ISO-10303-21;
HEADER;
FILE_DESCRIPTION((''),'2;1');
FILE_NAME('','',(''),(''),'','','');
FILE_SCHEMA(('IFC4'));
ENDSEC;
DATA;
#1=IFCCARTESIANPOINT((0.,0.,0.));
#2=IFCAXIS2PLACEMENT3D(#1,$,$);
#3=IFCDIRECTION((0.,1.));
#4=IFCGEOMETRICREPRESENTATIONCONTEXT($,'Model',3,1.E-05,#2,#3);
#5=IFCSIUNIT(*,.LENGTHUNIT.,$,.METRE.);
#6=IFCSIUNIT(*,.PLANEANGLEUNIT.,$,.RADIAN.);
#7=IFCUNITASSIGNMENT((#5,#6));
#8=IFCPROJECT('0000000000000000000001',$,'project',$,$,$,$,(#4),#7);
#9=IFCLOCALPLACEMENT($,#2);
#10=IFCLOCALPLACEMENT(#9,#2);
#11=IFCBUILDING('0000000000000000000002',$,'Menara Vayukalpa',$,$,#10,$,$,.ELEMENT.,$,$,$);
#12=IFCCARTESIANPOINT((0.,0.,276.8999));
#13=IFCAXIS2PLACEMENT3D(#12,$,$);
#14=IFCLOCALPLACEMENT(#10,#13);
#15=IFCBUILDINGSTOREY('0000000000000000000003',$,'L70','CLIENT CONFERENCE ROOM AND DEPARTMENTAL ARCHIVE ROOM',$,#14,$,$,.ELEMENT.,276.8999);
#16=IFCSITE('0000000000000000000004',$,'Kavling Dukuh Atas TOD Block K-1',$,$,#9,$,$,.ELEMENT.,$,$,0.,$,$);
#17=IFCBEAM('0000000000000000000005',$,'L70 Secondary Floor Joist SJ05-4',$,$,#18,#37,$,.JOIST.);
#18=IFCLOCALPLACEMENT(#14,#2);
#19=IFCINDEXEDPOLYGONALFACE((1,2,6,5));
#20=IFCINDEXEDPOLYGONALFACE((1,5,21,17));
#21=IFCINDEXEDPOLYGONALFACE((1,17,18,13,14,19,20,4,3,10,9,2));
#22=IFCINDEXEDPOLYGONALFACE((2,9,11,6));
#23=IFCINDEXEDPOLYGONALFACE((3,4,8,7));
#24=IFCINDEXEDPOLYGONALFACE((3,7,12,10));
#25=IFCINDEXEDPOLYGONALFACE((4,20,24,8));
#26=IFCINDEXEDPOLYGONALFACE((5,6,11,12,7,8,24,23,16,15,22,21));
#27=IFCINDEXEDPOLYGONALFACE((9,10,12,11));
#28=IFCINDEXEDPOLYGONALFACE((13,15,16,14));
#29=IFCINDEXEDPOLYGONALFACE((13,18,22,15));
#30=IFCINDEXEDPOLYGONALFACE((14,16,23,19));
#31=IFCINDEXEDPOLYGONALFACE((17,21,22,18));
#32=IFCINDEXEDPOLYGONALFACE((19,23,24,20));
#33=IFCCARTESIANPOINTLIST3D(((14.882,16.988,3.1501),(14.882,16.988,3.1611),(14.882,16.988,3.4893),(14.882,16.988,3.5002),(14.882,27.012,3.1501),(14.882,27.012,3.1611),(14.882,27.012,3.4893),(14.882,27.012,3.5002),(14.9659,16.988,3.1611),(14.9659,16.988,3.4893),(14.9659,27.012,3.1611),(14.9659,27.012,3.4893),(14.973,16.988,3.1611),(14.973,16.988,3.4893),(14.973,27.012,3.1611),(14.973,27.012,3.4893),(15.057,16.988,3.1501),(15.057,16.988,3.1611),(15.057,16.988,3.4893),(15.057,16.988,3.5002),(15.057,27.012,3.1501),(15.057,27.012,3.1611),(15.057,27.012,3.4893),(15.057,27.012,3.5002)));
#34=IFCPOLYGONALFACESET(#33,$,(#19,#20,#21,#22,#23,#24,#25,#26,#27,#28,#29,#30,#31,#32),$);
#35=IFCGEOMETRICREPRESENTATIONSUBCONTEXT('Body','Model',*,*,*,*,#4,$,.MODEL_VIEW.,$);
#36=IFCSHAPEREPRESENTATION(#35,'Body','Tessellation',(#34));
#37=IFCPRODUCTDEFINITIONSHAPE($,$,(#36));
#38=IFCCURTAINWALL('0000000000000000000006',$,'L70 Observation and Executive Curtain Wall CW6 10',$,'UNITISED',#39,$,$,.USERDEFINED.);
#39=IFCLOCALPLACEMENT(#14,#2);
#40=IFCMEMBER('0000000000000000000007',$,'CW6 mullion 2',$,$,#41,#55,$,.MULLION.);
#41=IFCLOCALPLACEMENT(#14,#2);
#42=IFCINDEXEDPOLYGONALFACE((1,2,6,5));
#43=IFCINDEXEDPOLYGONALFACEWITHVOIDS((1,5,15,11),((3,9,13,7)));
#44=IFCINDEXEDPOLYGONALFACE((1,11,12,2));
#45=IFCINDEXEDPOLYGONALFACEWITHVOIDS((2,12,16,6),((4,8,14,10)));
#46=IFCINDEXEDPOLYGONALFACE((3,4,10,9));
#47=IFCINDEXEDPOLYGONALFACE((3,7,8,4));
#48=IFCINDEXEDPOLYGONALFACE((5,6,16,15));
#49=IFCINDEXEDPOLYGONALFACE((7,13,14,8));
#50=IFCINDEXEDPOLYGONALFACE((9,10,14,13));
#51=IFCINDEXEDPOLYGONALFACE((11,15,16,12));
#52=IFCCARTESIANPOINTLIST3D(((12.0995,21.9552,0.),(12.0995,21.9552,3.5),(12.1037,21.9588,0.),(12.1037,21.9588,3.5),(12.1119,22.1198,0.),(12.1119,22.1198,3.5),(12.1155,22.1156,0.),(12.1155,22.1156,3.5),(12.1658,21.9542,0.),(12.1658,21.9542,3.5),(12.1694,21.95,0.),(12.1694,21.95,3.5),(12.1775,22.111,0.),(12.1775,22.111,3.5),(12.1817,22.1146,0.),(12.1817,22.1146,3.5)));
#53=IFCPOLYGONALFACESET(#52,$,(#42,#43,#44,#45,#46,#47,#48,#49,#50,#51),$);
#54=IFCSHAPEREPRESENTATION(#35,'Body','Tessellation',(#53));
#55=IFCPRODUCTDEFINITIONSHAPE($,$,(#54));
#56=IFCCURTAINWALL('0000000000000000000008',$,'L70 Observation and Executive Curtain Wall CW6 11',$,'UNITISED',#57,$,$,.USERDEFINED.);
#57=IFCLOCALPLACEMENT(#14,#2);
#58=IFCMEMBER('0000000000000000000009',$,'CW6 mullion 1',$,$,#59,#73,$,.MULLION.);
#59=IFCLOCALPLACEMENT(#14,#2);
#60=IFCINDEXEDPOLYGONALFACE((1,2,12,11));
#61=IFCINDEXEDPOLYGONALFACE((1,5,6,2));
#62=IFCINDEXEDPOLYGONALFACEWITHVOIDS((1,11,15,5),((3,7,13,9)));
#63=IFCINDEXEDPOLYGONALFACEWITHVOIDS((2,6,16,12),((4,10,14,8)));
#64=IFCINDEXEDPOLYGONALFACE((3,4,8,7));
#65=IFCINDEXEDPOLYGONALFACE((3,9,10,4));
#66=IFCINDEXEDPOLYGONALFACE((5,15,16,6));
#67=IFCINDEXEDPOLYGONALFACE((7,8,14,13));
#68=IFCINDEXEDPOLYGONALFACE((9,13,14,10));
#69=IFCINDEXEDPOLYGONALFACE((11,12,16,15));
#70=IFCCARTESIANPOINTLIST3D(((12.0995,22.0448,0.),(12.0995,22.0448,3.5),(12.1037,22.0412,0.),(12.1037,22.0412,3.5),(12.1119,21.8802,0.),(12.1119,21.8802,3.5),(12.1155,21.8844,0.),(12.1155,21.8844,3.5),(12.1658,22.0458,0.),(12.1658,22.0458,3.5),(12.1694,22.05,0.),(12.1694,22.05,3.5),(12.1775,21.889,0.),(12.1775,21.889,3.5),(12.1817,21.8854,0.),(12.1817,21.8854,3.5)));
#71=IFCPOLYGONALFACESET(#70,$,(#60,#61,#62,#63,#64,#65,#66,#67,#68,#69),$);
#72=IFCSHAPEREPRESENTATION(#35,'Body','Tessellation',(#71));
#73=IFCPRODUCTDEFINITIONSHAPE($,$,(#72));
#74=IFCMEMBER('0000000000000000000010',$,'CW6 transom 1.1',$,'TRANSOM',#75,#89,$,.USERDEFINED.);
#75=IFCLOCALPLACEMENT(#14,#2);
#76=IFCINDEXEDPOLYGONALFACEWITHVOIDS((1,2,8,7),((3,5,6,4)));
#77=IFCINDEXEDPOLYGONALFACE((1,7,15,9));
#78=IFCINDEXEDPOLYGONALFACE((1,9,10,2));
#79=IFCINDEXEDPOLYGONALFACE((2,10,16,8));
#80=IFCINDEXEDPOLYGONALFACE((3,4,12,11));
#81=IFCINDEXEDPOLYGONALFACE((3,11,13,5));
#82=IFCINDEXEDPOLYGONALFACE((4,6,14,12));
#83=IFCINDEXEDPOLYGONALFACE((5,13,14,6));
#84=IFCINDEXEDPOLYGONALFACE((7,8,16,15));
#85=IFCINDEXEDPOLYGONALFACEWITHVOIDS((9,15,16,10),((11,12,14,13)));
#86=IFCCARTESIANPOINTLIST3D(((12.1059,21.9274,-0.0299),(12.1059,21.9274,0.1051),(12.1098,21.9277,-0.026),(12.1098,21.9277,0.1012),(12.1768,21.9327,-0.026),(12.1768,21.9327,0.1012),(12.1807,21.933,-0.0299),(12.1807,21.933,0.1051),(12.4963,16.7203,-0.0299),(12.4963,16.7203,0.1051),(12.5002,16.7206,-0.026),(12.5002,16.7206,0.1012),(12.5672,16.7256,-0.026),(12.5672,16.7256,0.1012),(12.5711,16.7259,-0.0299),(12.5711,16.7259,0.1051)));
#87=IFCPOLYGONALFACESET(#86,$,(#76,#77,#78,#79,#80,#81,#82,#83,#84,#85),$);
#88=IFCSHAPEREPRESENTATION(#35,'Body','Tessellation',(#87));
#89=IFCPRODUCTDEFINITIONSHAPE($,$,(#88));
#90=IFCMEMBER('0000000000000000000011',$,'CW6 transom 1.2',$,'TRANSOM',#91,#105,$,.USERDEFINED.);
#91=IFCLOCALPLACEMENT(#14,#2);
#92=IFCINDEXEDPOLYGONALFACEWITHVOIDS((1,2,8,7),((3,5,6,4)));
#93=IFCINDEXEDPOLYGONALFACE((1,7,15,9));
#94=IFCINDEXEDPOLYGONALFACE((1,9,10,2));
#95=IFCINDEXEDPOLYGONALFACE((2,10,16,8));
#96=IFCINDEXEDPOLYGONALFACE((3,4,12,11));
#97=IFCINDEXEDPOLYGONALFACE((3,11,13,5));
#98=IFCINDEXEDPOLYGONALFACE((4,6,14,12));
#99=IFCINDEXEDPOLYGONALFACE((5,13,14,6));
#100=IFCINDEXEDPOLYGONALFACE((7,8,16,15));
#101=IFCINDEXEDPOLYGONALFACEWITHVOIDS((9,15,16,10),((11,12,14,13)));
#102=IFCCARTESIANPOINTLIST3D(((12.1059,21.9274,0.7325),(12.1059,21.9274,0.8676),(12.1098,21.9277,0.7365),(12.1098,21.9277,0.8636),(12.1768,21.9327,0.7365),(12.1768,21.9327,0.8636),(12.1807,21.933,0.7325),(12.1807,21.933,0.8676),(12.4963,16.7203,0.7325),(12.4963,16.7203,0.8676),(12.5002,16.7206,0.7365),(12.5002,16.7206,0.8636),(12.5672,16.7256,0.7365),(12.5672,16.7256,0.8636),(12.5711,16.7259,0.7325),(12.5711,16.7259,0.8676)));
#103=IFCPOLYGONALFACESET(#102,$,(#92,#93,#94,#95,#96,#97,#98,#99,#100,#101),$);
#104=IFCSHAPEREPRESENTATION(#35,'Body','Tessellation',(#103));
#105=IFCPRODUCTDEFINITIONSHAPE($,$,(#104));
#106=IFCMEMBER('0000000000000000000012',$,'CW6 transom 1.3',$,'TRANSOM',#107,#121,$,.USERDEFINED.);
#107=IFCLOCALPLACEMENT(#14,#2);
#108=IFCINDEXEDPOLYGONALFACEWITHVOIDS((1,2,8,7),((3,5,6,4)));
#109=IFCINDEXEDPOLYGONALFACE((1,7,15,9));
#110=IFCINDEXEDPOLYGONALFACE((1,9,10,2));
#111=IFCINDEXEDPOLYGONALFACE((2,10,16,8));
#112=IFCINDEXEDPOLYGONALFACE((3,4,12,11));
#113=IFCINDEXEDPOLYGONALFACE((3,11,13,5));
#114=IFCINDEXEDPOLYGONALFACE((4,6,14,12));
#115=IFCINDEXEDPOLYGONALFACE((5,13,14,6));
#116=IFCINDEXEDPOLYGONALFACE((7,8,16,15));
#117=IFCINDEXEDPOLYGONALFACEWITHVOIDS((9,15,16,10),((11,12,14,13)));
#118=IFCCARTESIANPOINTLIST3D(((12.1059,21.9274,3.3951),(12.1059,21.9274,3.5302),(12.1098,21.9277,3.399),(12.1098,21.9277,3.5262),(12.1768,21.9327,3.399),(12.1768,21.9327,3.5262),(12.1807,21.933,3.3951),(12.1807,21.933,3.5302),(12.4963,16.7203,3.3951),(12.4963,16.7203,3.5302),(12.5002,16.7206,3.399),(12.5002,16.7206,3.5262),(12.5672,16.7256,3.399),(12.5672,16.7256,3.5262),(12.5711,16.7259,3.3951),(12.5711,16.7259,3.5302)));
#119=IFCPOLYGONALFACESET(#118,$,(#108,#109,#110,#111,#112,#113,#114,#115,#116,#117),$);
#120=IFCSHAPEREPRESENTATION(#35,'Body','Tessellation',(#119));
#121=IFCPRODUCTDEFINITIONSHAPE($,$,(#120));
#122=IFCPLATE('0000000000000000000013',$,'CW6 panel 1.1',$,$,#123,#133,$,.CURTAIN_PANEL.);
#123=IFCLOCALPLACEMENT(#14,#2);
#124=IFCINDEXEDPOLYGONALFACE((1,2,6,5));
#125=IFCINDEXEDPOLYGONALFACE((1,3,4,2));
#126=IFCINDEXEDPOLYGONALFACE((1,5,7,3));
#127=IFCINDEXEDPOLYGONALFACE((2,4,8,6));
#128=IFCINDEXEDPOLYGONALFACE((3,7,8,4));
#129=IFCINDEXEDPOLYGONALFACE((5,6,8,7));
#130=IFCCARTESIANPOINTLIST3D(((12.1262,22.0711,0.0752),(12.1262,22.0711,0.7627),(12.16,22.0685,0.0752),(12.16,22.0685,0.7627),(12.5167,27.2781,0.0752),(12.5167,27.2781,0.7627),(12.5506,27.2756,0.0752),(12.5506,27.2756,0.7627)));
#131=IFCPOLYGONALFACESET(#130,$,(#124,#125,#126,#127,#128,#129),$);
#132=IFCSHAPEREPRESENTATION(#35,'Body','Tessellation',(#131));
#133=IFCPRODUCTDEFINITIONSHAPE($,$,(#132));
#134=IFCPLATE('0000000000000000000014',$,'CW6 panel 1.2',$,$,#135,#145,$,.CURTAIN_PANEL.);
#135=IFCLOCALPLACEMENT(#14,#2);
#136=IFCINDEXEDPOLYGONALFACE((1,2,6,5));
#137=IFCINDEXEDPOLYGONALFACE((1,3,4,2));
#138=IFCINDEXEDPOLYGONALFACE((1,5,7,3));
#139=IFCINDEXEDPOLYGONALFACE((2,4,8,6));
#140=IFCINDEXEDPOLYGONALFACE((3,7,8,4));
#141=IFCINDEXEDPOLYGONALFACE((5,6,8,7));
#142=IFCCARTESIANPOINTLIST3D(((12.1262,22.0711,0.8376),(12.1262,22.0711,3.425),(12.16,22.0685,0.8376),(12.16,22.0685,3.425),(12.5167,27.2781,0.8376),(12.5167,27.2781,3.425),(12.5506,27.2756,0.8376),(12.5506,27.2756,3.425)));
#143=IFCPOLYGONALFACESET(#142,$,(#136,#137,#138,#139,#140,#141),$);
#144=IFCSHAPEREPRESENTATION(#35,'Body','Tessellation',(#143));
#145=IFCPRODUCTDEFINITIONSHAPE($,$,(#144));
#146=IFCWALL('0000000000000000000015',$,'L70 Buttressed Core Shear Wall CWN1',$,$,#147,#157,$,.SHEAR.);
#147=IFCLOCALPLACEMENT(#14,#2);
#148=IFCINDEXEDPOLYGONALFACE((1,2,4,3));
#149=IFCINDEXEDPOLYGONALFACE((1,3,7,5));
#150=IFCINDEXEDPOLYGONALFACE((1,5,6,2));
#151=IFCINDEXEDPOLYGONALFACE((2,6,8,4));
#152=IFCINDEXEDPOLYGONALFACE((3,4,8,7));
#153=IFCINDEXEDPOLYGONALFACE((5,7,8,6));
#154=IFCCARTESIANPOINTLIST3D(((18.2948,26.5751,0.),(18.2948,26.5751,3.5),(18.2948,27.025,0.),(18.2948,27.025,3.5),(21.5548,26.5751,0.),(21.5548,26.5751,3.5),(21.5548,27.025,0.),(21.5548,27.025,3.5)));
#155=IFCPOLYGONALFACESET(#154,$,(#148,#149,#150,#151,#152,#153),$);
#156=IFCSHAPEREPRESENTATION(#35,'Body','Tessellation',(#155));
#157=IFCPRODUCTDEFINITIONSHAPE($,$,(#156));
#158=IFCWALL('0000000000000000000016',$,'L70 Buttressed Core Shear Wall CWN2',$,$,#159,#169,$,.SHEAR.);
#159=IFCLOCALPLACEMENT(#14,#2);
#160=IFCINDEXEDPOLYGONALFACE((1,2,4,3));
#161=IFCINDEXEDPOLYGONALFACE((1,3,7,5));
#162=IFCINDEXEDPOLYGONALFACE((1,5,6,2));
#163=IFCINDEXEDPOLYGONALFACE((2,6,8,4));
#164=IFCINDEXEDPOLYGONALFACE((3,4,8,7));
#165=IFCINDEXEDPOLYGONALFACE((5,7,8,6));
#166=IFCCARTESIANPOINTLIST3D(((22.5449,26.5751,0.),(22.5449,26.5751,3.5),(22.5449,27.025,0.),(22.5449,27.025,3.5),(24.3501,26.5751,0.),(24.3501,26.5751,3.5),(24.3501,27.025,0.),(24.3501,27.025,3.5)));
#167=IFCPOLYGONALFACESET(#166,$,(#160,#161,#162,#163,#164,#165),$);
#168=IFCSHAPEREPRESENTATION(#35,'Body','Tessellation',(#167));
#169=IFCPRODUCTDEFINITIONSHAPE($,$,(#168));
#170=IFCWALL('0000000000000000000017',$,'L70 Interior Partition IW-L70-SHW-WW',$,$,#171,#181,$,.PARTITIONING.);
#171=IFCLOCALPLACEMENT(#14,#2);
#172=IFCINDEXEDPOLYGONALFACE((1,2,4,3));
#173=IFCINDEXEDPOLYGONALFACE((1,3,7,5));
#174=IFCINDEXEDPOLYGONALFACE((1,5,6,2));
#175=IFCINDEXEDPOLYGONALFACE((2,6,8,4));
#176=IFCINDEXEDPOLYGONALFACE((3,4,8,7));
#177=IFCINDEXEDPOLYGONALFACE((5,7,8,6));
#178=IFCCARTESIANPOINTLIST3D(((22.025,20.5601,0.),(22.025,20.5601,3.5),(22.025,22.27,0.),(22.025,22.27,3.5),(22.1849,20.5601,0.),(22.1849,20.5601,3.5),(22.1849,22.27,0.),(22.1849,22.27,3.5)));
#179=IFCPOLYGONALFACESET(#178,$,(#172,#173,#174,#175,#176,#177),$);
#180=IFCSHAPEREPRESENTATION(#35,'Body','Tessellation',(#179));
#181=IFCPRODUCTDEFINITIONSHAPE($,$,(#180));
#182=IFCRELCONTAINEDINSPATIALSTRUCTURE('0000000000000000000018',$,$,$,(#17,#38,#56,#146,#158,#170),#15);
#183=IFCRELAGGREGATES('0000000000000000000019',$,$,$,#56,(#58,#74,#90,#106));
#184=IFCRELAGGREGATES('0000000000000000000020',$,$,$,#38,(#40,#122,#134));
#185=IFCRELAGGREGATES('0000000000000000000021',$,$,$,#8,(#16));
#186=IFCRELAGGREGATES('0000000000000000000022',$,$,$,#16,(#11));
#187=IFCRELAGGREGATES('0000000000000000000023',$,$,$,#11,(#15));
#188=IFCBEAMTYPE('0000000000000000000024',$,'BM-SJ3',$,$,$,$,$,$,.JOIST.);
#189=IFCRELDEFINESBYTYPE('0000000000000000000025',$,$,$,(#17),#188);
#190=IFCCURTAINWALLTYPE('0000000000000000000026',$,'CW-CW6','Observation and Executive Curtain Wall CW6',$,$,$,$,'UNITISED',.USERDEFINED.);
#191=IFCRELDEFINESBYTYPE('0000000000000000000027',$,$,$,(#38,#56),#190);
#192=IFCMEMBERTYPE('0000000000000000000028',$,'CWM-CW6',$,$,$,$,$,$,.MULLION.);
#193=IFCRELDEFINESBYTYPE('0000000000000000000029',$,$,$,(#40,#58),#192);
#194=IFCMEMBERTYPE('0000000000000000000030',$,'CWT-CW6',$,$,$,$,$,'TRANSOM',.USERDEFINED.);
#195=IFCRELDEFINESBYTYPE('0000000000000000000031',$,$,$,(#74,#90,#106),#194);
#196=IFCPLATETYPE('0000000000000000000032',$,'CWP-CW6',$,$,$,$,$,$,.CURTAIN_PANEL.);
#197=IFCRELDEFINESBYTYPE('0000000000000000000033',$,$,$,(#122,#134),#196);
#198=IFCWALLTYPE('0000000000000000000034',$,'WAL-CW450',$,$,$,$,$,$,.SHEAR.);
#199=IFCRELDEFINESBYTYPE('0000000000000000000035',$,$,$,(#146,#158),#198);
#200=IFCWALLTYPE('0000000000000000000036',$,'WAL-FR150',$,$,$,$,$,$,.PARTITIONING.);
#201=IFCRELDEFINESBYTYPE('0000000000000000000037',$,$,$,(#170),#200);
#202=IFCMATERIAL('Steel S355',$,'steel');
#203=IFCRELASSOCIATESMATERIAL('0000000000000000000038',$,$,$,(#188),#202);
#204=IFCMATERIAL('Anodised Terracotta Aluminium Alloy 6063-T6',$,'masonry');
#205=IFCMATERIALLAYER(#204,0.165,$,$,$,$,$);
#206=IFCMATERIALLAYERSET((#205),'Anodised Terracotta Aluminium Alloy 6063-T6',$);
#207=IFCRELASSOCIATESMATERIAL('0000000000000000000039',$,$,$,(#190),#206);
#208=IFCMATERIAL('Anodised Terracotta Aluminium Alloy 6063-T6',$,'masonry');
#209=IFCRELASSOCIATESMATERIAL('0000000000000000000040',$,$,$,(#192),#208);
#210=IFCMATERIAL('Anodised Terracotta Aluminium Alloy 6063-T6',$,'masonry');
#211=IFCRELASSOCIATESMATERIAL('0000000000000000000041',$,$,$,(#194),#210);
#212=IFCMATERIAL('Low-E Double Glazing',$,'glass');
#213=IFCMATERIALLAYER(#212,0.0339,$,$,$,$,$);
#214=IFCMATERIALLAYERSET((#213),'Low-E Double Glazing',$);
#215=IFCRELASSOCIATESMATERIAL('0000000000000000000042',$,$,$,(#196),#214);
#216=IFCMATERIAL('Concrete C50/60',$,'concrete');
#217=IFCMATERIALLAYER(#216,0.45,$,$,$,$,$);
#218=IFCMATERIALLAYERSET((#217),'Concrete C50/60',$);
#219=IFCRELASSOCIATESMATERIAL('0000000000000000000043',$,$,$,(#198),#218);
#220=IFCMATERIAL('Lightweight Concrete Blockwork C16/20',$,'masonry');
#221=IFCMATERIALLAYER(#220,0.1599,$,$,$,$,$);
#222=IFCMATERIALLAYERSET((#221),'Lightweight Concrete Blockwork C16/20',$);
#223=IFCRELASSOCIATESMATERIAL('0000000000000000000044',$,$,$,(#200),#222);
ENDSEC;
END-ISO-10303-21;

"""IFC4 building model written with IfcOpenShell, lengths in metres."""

from ifc_helpers import new_model, si_unit, direction, frame, frame_2d, origin, origin_2d, place, context, subcontext, project, spatial, rectangle, hollow_rectangle, i_section, extrude, material, layer, layer_set, material_profile, profile_set, type_object, element, aggregate, save


model = new_model("IFC4")

# Units and contexts
model_context = context("Model", 3, precision=1e-05, world=origin(), true_north=direction((0.0, 1.0)))
body_context = subcontext(model_context, "Body", "Model", "MODEL_VIEW")
ifc_project = project(units=[si_unit("LENGTHUNIT", "METRE"), si_unit("PLANEANGLEUNIT", "RADIAN")], contexts=[model_context])

# Site, building, storey
site_placement = place(None, origin())
site = spatial("IfcSite", under=ifc_project, at=site_placement, Name="Kavling Dukuh Atas TOD Block K-1", CompositionType="ELEMENT", RefElevation=0.0)
building_placement = place(site_placement, origin())
building = spatial("IfcBuilding", under=site, at=building_placement, Name="Menara Vayukalpa", CompositionType="ELEMENT")
storey_placement = place(building_placement, frame((0.0, 0.0, 276.8999)))
storey = spatial("IfcBuildingStorey", under=building, at=storey_placement, Name="L70", Description="CLIENT CONFERENCE ROOM AND DEPARTMENTAL ARCHIVE ROOM", CompositionType="ELEMENT", Elevation=276.8999)

# Beam
ifc_material_1 = material(Name="Steel S355", Category="steel")
ifc_material_profile_1 = material_profile(ifc_material_1, i_section(OverallWidth=0.175, OverallDepth=0.3501, WebThickness=0.0071, FlangeThickness=0.011, at=origin_2d()), Name="WF 350x175x7x11")
ifc_profile_set_1 = profile_set([ifc_material_profile_1], Name="Steel S355")
beam_type_1 = type_object("IfcBeamType", Name="BM-SJ3", PredefinedType="JOIST", material=ifc_profile_set_1)
beam_1_placement = place(storey_placement, frame((14.9695, 27.012, 3.3252), z_axis=(0.0, -1.0, 0.0), x_axis=(1.0, 0.0, 0.0)))
element("IfcBeam", 1, at=beam_1_placement, inside=storey, type_object=beam_type_1, Name="L70 Secondary Floor Joist SJ05-4", PredefinedType="JOIST", context=body_context, shape_type="SweptSolid", body=[
    extrude(i_section(OverallWidth=0.175, OverallDepth=0.3501, WebThickness=0.0071, FlangeThickness=0.011, at=origin_2d()), origin(), (0.0, 0.0, 1.0), 10.0239),
])

# Curtain wall, member
ifc_material_2 = material(Name="Anodised Terracotta Aluminium Alloy 6063-T6", Category="masonry")
ifc_layer_1 = layer(ifc_material_2, 0.165)
ifc_layer_set_1 = layer_set([ifc_layer_1], Name="Anodised Terracotta Aluminium Alloy 6063-T6")
curtain_wall_type = type_object("IfcCurtainWallType", Name="CW-CW6", Description="Observation and Executive Curtain Wall CW6", ElementType="UNITISED", PredefinedType="USERDEFINED", material=ifc_layer_set_1)
curtain_wall_1_placement = place(storey_placement, origin())
curtain_wall_1 = element("IfcCurtainWall", 2, at=curtain_wall_1_placement, inside=storey, type_object=curtain_wall_type, Name="L70 Observation and Executive Curtain Wall CW6 10", ObjectType="UNITISED", PredefinedType="USERDEFINED")
ifc_material_3 = material(Name="Anodised Terracotta Aluminium Alloy 6063-T6", Category="masonry")
ifc_material_profile_2 = material_profile(ifc_material_3, hollow_rectangle(XDim=0.0701, YDim=0.165, WallThickness=0.0039, at=origin_2d()), Name="ALU 70x165x4")
ifc_profile_set_2 = profile_set([ifc_material_profile_2], Name="Anodised Terracotta Aluminium Alloy 6063-T6")
member_type_1 = type_object("IfcMemberType", Name="CWM-CW6", PredefinedType="MULLION", material=ifc_profile_set_2)
member_1_placement = place(storey_placement, frame((12.1406, 22.0349, 0.0), z_axis=(0.0, 0.0, 1.0), x_axis=(0.997199, -0.074789, 0.0)))
member_1 = element("IfcMember", 3, at=member_1_placement, type_object=member_type_1, Name="CW6 mullion 2", PredefinedType="MULLION", context=body_context, shape_type="SweptSolid", body=[
    extrude(hollow_rectangle(XDim=0.0701, YDim=0.165, WallThickness=0.0039, at=origin_2d()), origin(), (0.0, 0.0, 1.0), 3.5),
])

# Curtain wall, members
curtain_wall_2_placement = place(storey_placement, origin())
curtain_wall_2 = element("IfcCurtainWall", 4, at=curtain_wall_2_placement, inside=storey, type_object=curtain_wall_type, Name="L70 Observation and Executive Curtain Wall CW6 11", ObjectType="UNITISED", PredefinedType="USERDEFINED")
member_2_placement = place(storey_placement, frame((12.1406, 21.9651, 0.0), z_axis=(0.0, 0.0, 1.0), x_axis=(0.997199, 0.074789, 0.0)))
member_2 = element("IfcMember", 5, at=member_2_placement, type_object=member_type_1, Name="CW6 mullion 1", PredefinedType="MULLION", context=body_context, shape_type="SweptSolid", body=[
    extrude(hollow_rectangle(XDim=0.0701, YDim=0.165, WallThickness=0.0039, at=origin_2d()), origin(), (0.0, 0.0, 1.0), 3.5),
])
ifc_material_4 = material(Name="Anodised Terracotta Aluminium Alloy 6063-T6", Category="masonry")
ifc_material_profile_3 = material_profile(ifc_material_4, hollow_rectangle(XDim=0.075, YDim=0.135, WallThickness=0.0039, at=origin_2d()), Name="ALU 75x135x4")
ifc_profile_set_3 = profile_set([ifc_material_profile_3], Name="Anodised Terracotta Aluminium Alloy 6063-T6")
member_type_2 = type_object("IfcMemberType", Name="CWT-CW6", ElementType="TRANSOM", PredefinedType="USERDEFINED", material=ifc_profile_set_3)
member_3_placement = place(storey_placement, frame((12.1433, 21.9302, 0.0376), z_axis=(0.074762, -0.997201, 0.0), x_axis=(0.997201, 0.074762, 0.0)))
member_3 = element("IfcMember", 6, at=member_3_placement, type_object=member_type_2, Name="CW6 transom 1.1", ObjectType="TRANSOM", PredefinedType="USERDEFINED", context=body_context, shape_type="SweptSolid", body=[
    extrude(hollow_rectangle(XDim=0.075, YDim=0.135, WallThickness=0.0039, at=origin_2d()), origin(), (0.0, 0.0, 1.0), 5.2217),
])
member_4_placement = place(storey_placement, frame((12.1433, 21.9302, 0.8), z_axis=(0.074762, -0.997201, 0.0), x_axis=(0.997201, 0.074762, 0.0)))
member_4 = element("IfcMember", 7, at=member_4_placement, type_object=member_type_2, Name="CW6 transom 1.2", ObjectType="TRANSOM", PredefinedType="USERDEFINED", context=body_context, shape_type="SweptSolid", body=[
    extrude(hollow_rectangle(XDim=0.075, YDim=0.135, WallThickness=0.0039, at=origin_2d()), origin(), (0.0, 0.0, 1.0), 5.2217),
])
member_5_placement = place(storey_placement, frame((12.1433, 21.9302, 3.4626), z_axis=(0.074762, -0.997201, 0.0), x_axis=(0.997201, 0.074762, 0.0)))
member_5 = element("IfcMember", 8, at=member_5_placement, type_object=member_type_2, Name="CW6 transom 1.3", ObjectType="TRANSOM", PredefinedType="USERDEFINED", context=body_context, shape_type="SweptSolid", body=[
    extrude(hollow_rectangle(XDim=0.075, YDim=0.135, WallThickness=0.0039, at=origin_2d()), origin(), (0.0, 0.0, 1.0), 5.2217),
])
aggregate(curtain_wall_2, [member_2, member_3, member_4, member_5])

# Plates
ifc_material_5 = material(Name="Low-E Double Glazing", Category="glass")
ifc_layer_2 = layer(ifc_material_5, 0.0339)
ifc_layer_set_2 = layer_set([ifc_layer_2], Name="Low-E Double Glazing")
plate_type = type_object("IfcPlateType", Name="CWP-CW6", PredefinedType="CURTAIN_PANEL", material=ifc_layer_set_2)
plate_1_placement = place(storey_placement, frame((12.3384, 24.6733, 0.0752), z_axis=(0.0, 0.0, 1.0), x_axis=(-0.074789, -0.997199, 0.0)))
plate_1 = element("IfcPlate", 9, at=plate_1_placement, type_object=plate_type, Name="CW6 panel 1.1", PredefinedType="CURTAIN_PANEL", context=body_context, shape_type="SweptSolid", body=[
    extrude(rectangle(XDim=5.2217, YDim=0.0339, at=origin_2d()), origin(), (0.0, 0.0, 1.0), 0.6875),
])
plate_2_placement = place(storey_placement, frame((12.3384, 24.6733, 0.8376), z_axis=(0.0, 0.0, 1.0), x_axis=(-0.074789, -0.997199, 0.0)))
plate_2 = element("IfcPlate", 10, at=plate_2_placement, type_object=plate_type, Name="CW6 panel 1.2", PredefinedType="CURTAIN_PANEL", context=body_context, shape_type="SweptSolid", body=[
    extrude(rectangle(XDim=5.2217, YDim=0.0339, at=origin_2d()), origin(), (0.0, 0.0, 1.0), 2.5874),
])
aggregate(curtain_wall_1, [member_1, plate_1, plate_2])

# Walls
ifc_material_6 = material(Name="Concrete C50/60", Category="concrete")
ifc_layer_3 = layer(ifc_material_6, 0.45)
ifc_layer_set_3 = layer_set([ifc_layer_3], Name="Concrete C50/60")
wall_type_1 = type_object("IfcWallType", Name="WAL-CW450", PredefinedType="SHEAR", material=ifc_layer_set_3)
wall_1_placement = place(storey_placement, frame((18.2949, 26.8, 0.0), z_axis=(0.0, 0.0, 1.0), x_axis=(1.0, 0.0, 0.0)))
element("IfcWall", 11, at=wall_1_placement, inside=storey, type_object=wall_type_1, Name="L70 Buttressed Core Shear Wall CWN1", PredefinedType="SHEAR", context=body_context, shape_type="SweptSolid", body=[
    extrude(rectangle(XDim=3.26, YDim=0.45, at=frame_2d((1.6299, 0.0))), origin(), (0.0, 0.0, 1.0), 3.5),
])
wall_2_placement = place(storey_placement, frame((22.5449, 26.8, 0.0), z_axis=(0.0, 0.0, 1.0), x_axis=(1.0, 0.0, 0.0)))
element("IfcWall", 12, at=wall_2_placement, inside=storey, type_object=wall_type_1, Name="L70 Buttressed Core Shear Wall CWN2", PredefinedType="SHEAR", context=body_context, shape_type="SweptSolid", body=[
    extrude(rectangle(XDim=1.8052, YDim=0.45, at=frame_2d((0.9026, 0.0))), origin(), (0.0, 0.0, 1.0), 3.5),
])
ifc_material_7 = material(Name="Lightweight Concrete Blockwork C16/20", Category="masonry")
ifc_layer_4 = layer(ifc_material_7, 0.1599)
ifc_layer_set_4 = layer_set([ifc_layer_4], Name="Lightweight Concrete Blockwork C16/20")
wall_type_2 = type_object("IfcWallType", Name="WAL-FR150", PredefinedType="PARTITIONING", material=ifc_layer_set_4)
wall_3_placement = place(storey_placement, frame((22.105, 20.5601, 0.0), z_axis=(0.0, 0.0, 1.0), x_axis=(0.0, 1.0, 0.0)))
element("IfcWall", 13, at=wall_3_placement, inside=storey, type_object=wall_type_2, Name="L70 Interior Partition IW-L70-SHW-WW", PredefinedType="PARTITIONING", context=body_context, shape_type="SweptSolid", body=[
    extrude(rectangle(XDim=1.71, YDim=0.1599, at=frame_2d((0.855, 0.0))), origin(), (0.0, 0.0, 1.0), 3.5),
])

save(model, "model.ifc")
